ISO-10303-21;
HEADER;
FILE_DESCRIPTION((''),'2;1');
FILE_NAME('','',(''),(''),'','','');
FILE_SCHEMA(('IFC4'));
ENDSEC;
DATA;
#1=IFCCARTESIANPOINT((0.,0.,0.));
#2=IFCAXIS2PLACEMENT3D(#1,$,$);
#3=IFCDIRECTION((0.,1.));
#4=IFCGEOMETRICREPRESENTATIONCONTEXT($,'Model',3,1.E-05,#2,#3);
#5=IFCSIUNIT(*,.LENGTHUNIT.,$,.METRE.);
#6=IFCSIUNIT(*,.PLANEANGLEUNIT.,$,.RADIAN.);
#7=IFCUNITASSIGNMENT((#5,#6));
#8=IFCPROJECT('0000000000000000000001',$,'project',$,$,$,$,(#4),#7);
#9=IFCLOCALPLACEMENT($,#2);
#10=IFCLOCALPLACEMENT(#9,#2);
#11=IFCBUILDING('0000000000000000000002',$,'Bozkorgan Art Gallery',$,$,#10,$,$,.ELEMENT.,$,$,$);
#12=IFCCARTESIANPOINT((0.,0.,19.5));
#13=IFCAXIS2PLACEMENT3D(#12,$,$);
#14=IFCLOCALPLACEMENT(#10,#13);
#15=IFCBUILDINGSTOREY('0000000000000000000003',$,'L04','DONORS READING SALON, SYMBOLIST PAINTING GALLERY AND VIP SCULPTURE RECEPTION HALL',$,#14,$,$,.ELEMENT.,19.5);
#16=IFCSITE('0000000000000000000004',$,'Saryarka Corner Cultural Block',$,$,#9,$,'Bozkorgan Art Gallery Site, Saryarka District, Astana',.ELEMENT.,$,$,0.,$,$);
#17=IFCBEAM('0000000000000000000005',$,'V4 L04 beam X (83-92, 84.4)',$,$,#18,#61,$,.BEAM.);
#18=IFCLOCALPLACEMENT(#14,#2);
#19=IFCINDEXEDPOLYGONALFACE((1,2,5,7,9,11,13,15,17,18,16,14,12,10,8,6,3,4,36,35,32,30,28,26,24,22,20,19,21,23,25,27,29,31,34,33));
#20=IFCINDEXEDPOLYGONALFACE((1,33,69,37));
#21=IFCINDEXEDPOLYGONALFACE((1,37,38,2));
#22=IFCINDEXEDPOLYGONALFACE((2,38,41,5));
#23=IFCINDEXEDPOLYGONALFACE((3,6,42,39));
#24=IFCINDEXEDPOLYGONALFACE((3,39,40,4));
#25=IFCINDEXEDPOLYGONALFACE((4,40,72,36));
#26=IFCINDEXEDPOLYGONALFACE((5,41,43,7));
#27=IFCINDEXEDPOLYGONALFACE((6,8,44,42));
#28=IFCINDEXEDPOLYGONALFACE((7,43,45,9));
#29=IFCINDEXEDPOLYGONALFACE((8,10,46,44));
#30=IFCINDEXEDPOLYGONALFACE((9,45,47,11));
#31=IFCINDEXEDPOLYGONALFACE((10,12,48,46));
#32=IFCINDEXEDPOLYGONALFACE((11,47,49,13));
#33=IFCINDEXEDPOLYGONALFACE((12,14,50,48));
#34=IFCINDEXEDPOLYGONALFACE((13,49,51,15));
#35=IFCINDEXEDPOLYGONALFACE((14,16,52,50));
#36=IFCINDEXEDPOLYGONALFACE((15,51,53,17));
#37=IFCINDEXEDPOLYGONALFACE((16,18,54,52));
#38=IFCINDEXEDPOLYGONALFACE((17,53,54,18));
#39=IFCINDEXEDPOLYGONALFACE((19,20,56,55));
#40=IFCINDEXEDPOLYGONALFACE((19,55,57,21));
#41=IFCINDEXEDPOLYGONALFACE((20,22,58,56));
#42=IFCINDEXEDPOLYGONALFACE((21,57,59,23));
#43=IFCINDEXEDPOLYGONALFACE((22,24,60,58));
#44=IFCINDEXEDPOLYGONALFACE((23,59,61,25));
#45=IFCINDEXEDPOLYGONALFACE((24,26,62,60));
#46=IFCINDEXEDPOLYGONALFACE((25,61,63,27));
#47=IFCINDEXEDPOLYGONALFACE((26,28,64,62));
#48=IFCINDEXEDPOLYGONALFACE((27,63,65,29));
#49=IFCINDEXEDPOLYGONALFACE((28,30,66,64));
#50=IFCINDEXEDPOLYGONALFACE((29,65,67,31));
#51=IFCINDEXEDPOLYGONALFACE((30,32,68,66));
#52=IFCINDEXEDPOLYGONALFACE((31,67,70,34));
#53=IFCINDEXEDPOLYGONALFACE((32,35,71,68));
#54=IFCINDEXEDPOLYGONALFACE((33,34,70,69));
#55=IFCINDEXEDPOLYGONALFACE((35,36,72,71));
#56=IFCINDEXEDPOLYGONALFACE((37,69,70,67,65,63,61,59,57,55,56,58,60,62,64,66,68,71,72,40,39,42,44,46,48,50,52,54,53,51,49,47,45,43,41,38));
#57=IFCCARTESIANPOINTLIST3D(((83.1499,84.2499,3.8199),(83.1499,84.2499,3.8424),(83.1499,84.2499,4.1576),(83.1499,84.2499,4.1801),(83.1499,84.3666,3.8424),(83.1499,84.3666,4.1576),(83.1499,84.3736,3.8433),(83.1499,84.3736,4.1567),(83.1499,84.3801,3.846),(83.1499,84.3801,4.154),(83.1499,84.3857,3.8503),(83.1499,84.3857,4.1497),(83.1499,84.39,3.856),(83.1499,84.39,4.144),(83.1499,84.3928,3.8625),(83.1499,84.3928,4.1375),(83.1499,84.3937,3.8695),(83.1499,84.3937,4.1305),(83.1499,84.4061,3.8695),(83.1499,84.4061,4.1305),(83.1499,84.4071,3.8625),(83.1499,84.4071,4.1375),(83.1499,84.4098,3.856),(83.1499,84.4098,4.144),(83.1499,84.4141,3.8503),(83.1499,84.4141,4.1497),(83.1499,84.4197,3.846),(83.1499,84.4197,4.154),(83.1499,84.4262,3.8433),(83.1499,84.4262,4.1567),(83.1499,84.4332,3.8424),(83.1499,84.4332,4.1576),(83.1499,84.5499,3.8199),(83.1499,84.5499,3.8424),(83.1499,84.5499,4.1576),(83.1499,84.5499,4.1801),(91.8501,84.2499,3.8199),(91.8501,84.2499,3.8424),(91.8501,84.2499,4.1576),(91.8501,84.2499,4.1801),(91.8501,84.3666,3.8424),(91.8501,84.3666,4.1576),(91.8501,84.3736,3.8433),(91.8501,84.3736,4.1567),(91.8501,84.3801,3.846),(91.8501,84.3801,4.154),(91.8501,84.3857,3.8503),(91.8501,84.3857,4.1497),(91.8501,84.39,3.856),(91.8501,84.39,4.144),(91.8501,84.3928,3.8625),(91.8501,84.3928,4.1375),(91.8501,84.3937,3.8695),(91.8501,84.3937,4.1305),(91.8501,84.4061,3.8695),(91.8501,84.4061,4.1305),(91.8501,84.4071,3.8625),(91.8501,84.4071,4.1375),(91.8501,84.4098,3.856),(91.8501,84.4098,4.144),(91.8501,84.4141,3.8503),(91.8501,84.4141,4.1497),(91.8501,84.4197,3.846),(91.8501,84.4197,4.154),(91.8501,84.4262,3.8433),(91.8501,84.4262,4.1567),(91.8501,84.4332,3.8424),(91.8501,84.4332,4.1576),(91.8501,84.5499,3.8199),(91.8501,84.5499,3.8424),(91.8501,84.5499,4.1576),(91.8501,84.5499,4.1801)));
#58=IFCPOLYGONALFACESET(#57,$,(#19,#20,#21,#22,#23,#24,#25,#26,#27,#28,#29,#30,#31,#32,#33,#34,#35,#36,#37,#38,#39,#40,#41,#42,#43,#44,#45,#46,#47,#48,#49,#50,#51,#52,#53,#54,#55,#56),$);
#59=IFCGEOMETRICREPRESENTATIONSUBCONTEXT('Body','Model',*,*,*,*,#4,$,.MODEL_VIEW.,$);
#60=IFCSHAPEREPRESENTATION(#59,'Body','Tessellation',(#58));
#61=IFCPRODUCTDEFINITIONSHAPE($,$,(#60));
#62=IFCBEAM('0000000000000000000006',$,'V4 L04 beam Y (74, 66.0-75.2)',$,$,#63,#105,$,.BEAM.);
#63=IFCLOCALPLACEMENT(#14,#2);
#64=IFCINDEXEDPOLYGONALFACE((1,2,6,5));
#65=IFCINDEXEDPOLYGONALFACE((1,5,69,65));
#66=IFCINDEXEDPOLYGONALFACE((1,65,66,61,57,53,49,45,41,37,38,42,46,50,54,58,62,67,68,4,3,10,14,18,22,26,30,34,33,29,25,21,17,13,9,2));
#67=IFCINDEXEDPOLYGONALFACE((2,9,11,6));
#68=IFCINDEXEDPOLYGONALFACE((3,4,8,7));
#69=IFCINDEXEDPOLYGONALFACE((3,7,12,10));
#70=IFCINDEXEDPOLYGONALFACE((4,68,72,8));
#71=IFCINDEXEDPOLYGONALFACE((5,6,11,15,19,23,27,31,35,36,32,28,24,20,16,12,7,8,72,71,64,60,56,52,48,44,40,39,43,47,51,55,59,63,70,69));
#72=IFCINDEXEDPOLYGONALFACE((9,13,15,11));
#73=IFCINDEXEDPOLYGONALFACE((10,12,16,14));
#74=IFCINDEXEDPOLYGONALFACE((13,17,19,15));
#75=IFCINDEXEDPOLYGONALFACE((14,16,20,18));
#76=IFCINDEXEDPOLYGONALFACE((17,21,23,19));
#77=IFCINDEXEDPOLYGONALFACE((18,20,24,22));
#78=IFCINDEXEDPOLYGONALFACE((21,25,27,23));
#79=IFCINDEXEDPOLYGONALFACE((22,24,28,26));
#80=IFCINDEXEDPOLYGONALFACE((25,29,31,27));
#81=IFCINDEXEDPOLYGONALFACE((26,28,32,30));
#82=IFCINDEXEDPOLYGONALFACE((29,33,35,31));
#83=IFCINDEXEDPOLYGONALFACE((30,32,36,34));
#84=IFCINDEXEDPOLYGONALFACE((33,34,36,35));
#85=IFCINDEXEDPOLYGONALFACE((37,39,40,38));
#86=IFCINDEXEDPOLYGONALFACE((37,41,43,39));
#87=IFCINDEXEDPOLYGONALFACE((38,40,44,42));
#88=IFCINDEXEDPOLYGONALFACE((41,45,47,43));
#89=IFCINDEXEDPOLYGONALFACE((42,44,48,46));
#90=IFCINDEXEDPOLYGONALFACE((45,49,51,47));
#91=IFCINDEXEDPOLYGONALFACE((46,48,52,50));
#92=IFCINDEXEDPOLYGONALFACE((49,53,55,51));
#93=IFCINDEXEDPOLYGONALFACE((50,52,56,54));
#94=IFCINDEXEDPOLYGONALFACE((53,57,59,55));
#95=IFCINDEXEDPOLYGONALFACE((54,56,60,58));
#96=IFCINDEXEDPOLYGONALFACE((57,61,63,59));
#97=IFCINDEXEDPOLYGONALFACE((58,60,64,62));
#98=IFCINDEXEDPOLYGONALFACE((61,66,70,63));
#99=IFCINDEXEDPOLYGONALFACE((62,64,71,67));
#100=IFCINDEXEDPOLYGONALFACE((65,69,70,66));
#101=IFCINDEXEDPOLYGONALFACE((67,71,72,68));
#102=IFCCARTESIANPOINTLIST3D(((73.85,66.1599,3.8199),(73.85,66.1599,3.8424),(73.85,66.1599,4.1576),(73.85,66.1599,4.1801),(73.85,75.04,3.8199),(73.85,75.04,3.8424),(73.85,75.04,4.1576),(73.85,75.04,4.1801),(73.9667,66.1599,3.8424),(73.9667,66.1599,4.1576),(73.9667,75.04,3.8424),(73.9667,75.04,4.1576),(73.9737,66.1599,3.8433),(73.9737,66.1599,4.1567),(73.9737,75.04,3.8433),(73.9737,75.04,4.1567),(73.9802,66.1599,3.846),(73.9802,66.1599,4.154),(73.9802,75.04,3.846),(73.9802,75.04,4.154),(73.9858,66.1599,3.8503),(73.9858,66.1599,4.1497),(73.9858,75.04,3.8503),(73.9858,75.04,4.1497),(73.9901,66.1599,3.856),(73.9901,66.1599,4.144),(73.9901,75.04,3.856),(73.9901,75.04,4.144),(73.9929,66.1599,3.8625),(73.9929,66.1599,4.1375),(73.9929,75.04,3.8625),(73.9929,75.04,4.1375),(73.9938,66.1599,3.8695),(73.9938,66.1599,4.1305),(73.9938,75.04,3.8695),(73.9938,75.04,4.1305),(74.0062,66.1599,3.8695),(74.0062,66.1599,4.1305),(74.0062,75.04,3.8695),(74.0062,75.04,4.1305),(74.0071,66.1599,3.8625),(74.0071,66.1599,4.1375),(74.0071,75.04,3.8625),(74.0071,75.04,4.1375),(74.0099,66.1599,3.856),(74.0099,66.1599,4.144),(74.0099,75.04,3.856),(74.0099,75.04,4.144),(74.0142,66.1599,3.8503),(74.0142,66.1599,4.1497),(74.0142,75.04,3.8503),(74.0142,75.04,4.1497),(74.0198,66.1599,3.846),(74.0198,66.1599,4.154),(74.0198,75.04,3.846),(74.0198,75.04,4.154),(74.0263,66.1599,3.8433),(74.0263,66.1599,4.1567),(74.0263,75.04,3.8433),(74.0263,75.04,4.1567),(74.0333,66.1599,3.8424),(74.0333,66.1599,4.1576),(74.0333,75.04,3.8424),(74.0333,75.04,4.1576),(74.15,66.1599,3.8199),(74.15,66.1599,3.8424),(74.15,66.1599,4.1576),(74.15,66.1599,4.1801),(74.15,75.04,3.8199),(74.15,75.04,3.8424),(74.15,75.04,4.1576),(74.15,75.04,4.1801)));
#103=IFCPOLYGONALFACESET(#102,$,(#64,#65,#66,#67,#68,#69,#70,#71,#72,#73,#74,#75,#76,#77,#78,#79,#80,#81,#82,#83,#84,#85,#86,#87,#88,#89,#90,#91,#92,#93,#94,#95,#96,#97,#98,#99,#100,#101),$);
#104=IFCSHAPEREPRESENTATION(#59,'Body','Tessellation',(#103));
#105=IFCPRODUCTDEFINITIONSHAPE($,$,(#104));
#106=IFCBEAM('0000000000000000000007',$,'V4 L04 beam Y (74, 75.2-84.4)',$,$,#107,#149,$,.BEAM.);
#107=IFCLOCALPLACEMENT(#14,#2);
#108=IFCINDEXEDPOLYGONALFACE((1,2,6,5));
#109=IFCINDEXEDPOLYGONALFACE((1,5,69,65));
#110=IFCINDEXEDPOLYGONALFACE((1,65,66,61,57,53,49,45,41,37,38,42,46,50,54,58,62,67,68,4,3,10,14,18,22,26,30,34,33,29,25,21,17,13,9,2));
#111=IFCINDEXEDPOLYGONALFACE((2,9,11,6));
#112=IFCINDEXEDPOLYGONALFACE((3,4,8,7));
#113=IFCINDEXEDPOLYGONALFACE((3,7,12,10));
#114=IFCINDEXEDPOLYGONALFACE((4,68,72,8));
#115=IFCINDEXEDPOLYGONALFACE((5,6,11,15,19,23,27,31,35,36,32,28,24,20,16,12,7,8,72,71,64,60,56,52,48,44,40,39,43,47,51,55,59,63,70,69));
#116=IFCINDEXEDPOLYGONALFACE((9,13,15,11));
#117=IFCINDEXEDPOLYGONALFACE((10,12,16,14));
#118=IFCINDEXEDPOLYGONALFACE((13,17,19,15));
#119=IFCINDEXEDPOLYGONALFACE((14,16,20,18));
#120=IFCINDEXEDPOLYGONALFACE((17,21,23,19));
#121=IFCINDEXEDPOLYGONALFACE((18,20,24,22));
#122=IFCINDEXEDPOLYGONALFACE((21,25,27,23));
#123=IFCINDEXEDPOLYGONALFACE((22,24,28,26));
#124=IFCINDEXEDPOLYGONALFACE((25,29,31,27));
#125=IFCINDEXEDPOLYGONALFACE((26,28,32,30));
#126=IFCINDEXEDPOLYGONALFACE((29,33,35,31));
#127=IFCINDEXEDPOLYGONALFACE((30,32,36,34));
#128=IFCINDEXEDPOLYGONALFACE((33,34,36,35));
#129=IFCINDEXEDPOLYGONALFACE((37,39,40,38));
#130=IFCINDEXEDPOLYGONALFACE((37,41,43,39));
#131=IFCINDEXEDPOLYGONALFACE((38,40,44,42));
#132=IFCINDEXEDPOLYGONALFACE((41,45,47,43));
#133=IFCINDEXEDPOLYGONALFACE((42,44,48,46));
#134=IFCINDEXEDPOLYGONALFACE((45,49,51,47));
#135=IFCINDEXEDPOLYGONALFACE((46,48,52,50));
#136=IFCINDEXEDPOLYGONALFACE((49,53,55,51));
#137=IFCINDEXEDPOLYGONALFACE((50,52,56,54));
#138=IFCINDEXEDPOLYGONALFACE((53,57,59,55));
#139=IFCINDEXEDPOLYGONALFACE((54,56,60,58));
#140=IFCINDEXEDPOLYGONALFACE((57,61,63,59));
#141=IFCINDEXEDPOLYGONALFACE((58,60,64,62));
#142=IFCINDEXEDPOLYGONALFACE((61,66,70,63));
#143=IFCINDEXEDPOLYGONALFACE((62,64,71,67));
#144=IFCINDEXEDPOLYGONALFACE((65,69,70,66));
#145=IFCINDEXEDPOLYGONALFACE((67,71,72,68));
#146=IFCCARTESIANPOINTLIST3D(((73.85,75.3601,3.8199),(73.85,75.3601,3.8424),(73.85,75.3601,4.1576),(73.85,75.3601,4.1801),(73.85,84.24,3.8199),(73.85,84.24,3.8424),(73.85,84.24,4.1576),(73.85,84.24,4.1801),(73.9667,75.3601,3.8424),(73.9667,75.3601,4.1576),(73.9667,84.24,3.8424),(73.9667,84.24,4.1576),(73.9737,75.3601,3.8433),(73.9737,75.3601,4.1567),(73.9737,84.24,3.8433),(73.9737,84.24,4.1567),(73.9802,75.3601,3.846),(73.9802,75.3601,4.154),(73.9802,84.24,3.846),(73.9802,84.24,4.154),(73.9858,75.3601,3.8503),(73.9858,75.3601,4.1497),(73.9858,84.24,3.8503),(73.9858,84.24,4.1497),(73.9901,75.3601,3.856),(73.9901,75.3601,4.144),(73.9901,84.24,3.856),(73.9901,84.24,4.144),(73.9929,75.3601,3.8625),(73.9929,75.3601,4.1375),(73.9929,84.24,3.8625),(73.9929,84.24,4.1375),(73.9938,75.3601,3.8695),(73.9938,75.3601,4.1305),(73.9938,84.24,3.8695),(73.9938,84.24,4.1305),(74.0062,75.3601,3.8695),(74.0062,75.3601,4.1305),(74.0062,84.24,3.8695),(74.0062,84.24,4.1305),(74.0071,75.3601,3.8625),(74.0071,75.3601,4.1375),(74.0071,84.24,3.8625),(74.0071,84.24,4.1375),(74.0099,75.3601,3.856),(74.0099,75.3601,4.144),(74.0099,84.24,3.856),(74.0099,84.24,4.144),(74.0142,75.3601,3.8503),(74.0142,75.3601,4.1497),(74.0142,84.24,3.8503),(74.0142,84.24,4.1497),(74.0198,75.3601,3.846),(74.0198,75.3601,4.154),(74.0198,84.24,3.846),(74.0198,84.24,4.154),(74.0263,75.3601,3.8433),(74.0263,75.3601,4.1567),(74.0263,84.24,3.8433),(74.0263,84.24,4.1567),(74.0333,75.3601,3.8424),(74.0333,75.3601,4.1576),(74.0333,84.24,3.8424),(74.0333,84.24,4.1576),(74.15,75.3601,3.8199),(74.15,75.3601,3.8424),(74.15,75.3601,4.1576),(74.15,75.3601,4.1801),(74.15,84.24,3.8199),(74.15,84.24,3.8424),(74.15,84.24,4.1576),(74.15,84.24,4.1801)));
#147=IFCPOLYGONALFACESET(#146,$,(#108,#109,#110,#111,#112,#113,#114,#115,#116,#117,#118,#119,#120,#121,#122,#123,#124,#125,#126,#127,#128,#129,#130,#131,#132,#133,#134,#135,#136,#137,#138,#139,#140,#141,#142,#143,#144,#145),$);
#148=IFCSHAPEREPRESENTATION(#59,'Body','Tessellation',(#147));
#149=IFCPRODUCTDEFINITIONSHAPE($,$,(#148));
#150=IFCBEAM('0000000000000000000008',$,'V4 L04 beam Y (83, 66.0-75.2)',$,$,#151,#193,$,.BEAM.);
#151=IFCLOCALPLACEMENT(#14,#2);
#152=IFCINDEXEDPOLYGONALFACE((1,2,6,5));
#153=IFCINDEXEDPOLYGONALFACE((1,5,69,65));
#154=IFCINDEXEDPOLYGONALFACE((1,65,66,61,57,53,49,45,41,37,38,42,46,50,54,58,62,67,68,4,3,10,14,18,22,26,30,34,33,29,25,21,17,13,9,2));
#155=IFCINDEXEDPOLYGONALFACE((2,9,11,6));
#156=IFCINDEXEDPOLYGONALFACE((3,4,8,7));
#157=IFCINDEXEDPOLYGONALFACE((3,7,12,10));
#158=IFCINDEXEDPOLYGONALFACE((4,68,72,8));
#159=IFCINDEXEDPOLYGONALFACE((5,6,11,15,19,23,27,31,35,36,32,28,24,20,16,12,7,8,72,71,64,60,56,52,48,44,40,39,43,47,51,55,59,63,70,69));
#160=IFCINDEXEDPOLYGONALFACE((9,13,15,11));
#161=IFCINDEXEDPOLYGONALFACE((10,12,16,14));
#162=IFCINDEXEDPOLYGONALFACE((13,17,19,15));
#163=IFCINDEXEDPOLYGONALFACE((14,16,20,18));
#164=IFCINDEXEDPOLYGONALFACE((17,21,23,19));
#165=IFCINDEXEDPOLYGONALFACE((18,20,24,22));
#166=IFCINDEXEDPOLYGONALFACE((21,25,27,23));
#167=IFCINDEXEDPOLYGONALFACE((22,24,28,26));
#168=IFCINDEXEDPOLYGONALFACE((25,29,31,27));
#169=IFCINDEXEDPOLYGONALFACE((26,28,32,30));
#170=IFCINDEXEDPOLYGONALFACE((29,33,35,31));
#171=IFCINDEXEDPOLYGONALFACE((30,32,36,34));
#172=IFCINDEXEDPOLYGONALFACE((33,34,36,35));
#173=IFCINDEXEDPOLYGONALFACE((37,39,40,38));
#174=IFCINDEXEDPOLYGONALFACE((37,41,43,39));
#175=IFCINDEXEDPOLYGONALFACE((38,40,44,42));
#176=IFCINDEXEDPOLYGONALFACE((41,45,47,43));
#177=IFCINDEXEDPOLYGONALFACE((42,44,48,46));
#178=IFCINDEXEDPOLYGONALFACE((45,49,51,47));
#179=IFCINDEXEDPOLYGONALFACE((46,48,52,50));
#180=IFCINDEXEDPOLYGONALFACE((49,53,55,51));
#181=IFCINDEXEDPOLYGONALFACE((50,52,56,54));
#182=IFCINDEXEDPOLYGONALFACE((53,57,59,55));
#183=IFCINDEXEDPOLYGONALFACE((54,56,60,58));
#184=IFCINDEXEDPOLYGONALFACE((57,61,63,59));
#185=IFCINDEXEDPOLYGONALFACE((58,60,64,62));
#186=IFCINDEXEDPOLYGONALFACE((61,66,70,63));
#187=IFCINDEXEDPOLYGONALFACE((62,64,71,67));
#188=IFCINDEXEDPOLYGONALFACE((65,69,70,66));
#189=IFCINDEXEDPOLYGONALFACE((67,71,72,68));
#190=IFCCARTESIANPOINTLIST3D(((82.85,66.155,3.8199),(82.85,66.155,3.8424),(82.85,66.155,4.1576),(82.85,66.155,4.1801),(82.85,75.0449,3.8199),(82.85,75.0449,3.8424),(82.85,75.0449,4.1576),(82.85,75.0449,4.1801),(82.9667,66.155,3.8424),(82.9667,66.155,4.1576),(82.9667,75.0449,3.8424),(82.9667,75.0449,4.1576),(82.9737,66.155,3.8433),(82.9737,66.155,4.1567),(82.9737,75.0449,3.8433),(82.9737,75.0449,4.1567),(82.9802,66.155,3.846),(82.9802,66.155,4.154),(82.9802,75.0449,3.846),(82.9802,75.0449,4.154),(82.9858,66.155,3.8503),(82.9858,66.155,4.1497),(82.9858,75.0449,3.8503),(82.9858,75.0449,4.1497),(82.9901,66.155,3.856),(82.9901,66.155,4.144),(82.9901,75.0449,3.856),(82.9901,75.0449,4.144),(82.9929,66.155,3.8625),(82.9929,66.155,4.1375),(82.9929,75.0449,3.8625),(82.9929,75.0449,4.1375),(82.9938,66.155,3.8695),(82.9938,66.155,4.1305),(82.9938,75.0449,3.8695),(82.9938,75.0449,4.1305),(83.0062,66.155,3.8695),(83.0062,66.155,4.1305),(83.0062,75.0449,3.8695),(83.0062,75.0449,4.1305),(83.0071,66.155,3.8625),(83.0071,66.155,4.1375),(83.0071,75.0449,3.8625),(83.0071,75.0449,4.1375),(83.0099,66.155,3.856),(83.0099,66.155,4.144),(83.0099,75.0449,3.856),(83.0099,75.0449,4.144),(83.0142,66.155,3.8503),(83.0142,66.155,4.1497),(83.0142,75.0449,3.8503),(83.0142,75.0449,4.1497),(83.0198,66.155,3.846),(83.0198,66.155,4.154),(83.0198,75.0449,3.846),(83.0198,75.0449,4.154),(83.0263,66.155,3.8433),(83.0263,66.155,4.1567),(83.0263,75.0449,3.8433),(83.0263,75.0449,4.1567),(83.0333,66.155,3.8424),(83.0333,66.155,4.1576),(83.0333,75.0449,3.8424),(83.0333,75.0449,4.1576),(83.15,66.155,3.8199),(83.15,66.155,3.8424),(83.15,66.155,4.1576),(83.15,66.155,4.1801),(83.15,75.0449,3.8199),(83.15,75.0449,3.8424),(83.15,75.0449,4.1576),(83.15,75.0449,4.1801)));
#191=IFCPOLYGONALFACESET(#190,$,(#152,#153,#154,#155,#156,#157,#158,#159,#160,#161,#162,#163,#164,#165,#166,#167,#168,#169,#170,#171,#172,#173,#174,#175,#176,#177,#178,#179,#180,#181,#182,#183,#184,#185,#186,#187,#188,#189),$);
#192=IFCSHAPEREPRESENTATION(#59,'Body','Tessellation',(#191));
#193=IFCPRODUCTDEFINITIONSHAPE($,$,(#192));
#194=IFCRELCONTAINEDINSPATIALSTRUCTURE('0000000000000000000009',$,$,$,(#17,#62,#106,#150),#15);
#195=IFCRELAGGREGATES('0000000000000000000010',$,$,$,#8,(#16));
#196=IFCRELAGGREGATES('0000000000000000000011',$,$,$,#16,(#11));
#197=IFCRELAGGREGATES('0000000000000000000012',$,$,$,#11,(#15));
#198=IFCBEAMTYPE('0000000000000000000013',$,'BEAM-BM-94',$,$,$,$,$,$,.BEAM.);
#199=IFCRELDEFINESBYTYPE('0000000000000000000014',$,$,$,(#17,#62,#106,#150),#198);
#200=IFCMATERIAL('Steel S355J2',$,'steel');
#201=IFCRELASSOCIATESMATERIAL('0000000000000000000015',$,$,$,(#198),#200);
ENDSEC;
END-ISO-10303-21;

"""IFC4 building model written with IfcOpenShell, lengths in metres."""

from ifc_helpers import new_model, si_unit, direction, frame, origin, origin_2d, place, context, subcontext, project, spatial, i_section, extrude, material, material_profile, profile_set, type_object, element, save


model = new_model("IFC4")

# Units and contexts
model_context = context("Model", 3, precision=1e-05, world=origin(), true_north=direction((0.0, 1.0)))
body_context = subcontext(model_context, "Body", "Model", "MODEL_VIEW")
ifc_project = project(units=[si_unit("LENGTHUNIT", "METRE"), si_unit("PLANEANGLEUNIT", "RADIAN")], contexts=[model_context])

# Site, building, storey
site_placement = place(None, origin())
site = spatial("IfcSite", under=ifc_project, at=site_placement, Name="Saryarka Corner Cultural Block", LongName="Bozkorgan Art Gallery Site, Saryarka District, Astana", CompositionType="ELEMENT", RefElevation=0.0)
building_placement = place(site_placement, origin())
building = spatial("IfcBuilding", under=site, at=building_placement, Name="Bozkorgan Art Gallery", CompositionType="ELEMENT")
storey_placement = place(building_placement, frame((0.0, 0.0, 19.5)))
storey = spatial("IfcBuildingStorey", under=building, at=storey_placement, Name="L04", Description="DONORS READING SALON, SYMBOLIST PAINTING GALLERY AND VIP SCULPTURE RECEPTION HALL", CompositionType="ELEMENT", Elevation=19.5)

# Shared definitions
ifc_material_1 = material(Name="Steel S355J2", Category="steel")

# Beams
ifc_material_profile_1 = material_profile(ifc_material_1, i_section(OverallWidth=0.3, OverallDepth=0.3601, WebThickness=0.0125, FlangeThickness=0.0225, FilletRadius=0.0271, at=origin_2d()), Name="HEB 360")
ifc_profile_set_1 = profile_set([ifc_material_profile_1], Name="Steel S355J2")
beam_type = type_object("IfcBeamType", Name="BEAM-BM-94", PredefinedType="BEAM", material=ifc_profile_set_1)
for number, where, z_axis, x_axis, name in (
    (1, (83.1499, 84.3999, 4.0), (1.0, 0.0, 0.0), (0.0, 1.0, 0.0), "V4 L04 beam X (83-92, 84.4)"),
):
    element("IfcBeam", number, at=place(storey_placement, frame(where, z_axis=z_axis, x_axis=x_axis)), inside=storey, type_object=beam_type, Name=name, PredefinedType="BEAM", context=body_context, shape_type="SweptSolid", body=[
        extrude(i_section(OverallWidth=0.3, OverallDepth=0.3601, WebThickness=0.0125, FlangeThickness=0.0225, FilletRadius=0.0271, at=origin_2d()), origin(), (0.0, 0.0, 1.0), 8.7002),
    ])
beam_1_placement = place(storey_placement, frame((74.0, 66.1599, 4.0), z_axis=(0.0, 1.0, 0.0), x_axis=(-1.0, 0.0, 0.0)))
element("IfcBeam", 2, at=beam_1_placement, inside=storey, type_object=beam_type, Name="V4 L04 beam Y (74, 66.0-75.2)", PredefinedType="BEAM", context=body_context, shape_type="SweptSolid", body=[
    extrude(i_section(OverallWidth=0.3, OverallDepth=0.3601, WebThickness=0.0125, FlangeThickness=0.0225, FilletRadius=0.0271, at=origin_2d()), origin(), (0.0, 0.0, 1.0), 8.8801),
])
beam_2_placement = place(storey_placement, frame((74.0, 75.3601, 4.0), z_axis=(0.0, 1.0, 0.0), x_axis=(-1.0, 0.0, 0.0)))
element("IfcBeam", 3, at=beam_2_placement, inside=storey, type_object=beam_type, Name="V4 L04 beam Y (74, 75.2-84.4)", PredefinedType="BEAM", context=body_context, shape_type="SweptSolid", body=[
    extrude(i_section(OverallWidth=0.3, OverallDepth=0.3601, WebThickness=0.0125, FlangeThickness=0.0225, FilletRadius=0.0271, at=origin_2d()), origin(), (0.0, 0.0, 1.0), 8.8799),
])
beam_3_placement = place(storey_placement, frame((83.0, 66.155, 4.0), z_axis=(0.0, 1.0, 0.0), x_axis=(-1.0, 0.0, 0.0)))
element("IfcBeam", 4, at=beam_3_placement, inside=storey, type_object=beam_type, Name="V4 L04 beam Y (83, 66.0-75.2)", PredefinedType="BEAM", context=body_context, shape_type="SweptSolid", body=[
    extrude(i_section(OverallWidth=0.3, OverallDepth=0.3601, WebThickness=0.0125, FlangeThickness=0.0225, FilletRadius=0.0271, at=origin_2d()), origin(), (0.0, 0.0, 1.0), 8.8899),
])

save(model, "model.ifc")
